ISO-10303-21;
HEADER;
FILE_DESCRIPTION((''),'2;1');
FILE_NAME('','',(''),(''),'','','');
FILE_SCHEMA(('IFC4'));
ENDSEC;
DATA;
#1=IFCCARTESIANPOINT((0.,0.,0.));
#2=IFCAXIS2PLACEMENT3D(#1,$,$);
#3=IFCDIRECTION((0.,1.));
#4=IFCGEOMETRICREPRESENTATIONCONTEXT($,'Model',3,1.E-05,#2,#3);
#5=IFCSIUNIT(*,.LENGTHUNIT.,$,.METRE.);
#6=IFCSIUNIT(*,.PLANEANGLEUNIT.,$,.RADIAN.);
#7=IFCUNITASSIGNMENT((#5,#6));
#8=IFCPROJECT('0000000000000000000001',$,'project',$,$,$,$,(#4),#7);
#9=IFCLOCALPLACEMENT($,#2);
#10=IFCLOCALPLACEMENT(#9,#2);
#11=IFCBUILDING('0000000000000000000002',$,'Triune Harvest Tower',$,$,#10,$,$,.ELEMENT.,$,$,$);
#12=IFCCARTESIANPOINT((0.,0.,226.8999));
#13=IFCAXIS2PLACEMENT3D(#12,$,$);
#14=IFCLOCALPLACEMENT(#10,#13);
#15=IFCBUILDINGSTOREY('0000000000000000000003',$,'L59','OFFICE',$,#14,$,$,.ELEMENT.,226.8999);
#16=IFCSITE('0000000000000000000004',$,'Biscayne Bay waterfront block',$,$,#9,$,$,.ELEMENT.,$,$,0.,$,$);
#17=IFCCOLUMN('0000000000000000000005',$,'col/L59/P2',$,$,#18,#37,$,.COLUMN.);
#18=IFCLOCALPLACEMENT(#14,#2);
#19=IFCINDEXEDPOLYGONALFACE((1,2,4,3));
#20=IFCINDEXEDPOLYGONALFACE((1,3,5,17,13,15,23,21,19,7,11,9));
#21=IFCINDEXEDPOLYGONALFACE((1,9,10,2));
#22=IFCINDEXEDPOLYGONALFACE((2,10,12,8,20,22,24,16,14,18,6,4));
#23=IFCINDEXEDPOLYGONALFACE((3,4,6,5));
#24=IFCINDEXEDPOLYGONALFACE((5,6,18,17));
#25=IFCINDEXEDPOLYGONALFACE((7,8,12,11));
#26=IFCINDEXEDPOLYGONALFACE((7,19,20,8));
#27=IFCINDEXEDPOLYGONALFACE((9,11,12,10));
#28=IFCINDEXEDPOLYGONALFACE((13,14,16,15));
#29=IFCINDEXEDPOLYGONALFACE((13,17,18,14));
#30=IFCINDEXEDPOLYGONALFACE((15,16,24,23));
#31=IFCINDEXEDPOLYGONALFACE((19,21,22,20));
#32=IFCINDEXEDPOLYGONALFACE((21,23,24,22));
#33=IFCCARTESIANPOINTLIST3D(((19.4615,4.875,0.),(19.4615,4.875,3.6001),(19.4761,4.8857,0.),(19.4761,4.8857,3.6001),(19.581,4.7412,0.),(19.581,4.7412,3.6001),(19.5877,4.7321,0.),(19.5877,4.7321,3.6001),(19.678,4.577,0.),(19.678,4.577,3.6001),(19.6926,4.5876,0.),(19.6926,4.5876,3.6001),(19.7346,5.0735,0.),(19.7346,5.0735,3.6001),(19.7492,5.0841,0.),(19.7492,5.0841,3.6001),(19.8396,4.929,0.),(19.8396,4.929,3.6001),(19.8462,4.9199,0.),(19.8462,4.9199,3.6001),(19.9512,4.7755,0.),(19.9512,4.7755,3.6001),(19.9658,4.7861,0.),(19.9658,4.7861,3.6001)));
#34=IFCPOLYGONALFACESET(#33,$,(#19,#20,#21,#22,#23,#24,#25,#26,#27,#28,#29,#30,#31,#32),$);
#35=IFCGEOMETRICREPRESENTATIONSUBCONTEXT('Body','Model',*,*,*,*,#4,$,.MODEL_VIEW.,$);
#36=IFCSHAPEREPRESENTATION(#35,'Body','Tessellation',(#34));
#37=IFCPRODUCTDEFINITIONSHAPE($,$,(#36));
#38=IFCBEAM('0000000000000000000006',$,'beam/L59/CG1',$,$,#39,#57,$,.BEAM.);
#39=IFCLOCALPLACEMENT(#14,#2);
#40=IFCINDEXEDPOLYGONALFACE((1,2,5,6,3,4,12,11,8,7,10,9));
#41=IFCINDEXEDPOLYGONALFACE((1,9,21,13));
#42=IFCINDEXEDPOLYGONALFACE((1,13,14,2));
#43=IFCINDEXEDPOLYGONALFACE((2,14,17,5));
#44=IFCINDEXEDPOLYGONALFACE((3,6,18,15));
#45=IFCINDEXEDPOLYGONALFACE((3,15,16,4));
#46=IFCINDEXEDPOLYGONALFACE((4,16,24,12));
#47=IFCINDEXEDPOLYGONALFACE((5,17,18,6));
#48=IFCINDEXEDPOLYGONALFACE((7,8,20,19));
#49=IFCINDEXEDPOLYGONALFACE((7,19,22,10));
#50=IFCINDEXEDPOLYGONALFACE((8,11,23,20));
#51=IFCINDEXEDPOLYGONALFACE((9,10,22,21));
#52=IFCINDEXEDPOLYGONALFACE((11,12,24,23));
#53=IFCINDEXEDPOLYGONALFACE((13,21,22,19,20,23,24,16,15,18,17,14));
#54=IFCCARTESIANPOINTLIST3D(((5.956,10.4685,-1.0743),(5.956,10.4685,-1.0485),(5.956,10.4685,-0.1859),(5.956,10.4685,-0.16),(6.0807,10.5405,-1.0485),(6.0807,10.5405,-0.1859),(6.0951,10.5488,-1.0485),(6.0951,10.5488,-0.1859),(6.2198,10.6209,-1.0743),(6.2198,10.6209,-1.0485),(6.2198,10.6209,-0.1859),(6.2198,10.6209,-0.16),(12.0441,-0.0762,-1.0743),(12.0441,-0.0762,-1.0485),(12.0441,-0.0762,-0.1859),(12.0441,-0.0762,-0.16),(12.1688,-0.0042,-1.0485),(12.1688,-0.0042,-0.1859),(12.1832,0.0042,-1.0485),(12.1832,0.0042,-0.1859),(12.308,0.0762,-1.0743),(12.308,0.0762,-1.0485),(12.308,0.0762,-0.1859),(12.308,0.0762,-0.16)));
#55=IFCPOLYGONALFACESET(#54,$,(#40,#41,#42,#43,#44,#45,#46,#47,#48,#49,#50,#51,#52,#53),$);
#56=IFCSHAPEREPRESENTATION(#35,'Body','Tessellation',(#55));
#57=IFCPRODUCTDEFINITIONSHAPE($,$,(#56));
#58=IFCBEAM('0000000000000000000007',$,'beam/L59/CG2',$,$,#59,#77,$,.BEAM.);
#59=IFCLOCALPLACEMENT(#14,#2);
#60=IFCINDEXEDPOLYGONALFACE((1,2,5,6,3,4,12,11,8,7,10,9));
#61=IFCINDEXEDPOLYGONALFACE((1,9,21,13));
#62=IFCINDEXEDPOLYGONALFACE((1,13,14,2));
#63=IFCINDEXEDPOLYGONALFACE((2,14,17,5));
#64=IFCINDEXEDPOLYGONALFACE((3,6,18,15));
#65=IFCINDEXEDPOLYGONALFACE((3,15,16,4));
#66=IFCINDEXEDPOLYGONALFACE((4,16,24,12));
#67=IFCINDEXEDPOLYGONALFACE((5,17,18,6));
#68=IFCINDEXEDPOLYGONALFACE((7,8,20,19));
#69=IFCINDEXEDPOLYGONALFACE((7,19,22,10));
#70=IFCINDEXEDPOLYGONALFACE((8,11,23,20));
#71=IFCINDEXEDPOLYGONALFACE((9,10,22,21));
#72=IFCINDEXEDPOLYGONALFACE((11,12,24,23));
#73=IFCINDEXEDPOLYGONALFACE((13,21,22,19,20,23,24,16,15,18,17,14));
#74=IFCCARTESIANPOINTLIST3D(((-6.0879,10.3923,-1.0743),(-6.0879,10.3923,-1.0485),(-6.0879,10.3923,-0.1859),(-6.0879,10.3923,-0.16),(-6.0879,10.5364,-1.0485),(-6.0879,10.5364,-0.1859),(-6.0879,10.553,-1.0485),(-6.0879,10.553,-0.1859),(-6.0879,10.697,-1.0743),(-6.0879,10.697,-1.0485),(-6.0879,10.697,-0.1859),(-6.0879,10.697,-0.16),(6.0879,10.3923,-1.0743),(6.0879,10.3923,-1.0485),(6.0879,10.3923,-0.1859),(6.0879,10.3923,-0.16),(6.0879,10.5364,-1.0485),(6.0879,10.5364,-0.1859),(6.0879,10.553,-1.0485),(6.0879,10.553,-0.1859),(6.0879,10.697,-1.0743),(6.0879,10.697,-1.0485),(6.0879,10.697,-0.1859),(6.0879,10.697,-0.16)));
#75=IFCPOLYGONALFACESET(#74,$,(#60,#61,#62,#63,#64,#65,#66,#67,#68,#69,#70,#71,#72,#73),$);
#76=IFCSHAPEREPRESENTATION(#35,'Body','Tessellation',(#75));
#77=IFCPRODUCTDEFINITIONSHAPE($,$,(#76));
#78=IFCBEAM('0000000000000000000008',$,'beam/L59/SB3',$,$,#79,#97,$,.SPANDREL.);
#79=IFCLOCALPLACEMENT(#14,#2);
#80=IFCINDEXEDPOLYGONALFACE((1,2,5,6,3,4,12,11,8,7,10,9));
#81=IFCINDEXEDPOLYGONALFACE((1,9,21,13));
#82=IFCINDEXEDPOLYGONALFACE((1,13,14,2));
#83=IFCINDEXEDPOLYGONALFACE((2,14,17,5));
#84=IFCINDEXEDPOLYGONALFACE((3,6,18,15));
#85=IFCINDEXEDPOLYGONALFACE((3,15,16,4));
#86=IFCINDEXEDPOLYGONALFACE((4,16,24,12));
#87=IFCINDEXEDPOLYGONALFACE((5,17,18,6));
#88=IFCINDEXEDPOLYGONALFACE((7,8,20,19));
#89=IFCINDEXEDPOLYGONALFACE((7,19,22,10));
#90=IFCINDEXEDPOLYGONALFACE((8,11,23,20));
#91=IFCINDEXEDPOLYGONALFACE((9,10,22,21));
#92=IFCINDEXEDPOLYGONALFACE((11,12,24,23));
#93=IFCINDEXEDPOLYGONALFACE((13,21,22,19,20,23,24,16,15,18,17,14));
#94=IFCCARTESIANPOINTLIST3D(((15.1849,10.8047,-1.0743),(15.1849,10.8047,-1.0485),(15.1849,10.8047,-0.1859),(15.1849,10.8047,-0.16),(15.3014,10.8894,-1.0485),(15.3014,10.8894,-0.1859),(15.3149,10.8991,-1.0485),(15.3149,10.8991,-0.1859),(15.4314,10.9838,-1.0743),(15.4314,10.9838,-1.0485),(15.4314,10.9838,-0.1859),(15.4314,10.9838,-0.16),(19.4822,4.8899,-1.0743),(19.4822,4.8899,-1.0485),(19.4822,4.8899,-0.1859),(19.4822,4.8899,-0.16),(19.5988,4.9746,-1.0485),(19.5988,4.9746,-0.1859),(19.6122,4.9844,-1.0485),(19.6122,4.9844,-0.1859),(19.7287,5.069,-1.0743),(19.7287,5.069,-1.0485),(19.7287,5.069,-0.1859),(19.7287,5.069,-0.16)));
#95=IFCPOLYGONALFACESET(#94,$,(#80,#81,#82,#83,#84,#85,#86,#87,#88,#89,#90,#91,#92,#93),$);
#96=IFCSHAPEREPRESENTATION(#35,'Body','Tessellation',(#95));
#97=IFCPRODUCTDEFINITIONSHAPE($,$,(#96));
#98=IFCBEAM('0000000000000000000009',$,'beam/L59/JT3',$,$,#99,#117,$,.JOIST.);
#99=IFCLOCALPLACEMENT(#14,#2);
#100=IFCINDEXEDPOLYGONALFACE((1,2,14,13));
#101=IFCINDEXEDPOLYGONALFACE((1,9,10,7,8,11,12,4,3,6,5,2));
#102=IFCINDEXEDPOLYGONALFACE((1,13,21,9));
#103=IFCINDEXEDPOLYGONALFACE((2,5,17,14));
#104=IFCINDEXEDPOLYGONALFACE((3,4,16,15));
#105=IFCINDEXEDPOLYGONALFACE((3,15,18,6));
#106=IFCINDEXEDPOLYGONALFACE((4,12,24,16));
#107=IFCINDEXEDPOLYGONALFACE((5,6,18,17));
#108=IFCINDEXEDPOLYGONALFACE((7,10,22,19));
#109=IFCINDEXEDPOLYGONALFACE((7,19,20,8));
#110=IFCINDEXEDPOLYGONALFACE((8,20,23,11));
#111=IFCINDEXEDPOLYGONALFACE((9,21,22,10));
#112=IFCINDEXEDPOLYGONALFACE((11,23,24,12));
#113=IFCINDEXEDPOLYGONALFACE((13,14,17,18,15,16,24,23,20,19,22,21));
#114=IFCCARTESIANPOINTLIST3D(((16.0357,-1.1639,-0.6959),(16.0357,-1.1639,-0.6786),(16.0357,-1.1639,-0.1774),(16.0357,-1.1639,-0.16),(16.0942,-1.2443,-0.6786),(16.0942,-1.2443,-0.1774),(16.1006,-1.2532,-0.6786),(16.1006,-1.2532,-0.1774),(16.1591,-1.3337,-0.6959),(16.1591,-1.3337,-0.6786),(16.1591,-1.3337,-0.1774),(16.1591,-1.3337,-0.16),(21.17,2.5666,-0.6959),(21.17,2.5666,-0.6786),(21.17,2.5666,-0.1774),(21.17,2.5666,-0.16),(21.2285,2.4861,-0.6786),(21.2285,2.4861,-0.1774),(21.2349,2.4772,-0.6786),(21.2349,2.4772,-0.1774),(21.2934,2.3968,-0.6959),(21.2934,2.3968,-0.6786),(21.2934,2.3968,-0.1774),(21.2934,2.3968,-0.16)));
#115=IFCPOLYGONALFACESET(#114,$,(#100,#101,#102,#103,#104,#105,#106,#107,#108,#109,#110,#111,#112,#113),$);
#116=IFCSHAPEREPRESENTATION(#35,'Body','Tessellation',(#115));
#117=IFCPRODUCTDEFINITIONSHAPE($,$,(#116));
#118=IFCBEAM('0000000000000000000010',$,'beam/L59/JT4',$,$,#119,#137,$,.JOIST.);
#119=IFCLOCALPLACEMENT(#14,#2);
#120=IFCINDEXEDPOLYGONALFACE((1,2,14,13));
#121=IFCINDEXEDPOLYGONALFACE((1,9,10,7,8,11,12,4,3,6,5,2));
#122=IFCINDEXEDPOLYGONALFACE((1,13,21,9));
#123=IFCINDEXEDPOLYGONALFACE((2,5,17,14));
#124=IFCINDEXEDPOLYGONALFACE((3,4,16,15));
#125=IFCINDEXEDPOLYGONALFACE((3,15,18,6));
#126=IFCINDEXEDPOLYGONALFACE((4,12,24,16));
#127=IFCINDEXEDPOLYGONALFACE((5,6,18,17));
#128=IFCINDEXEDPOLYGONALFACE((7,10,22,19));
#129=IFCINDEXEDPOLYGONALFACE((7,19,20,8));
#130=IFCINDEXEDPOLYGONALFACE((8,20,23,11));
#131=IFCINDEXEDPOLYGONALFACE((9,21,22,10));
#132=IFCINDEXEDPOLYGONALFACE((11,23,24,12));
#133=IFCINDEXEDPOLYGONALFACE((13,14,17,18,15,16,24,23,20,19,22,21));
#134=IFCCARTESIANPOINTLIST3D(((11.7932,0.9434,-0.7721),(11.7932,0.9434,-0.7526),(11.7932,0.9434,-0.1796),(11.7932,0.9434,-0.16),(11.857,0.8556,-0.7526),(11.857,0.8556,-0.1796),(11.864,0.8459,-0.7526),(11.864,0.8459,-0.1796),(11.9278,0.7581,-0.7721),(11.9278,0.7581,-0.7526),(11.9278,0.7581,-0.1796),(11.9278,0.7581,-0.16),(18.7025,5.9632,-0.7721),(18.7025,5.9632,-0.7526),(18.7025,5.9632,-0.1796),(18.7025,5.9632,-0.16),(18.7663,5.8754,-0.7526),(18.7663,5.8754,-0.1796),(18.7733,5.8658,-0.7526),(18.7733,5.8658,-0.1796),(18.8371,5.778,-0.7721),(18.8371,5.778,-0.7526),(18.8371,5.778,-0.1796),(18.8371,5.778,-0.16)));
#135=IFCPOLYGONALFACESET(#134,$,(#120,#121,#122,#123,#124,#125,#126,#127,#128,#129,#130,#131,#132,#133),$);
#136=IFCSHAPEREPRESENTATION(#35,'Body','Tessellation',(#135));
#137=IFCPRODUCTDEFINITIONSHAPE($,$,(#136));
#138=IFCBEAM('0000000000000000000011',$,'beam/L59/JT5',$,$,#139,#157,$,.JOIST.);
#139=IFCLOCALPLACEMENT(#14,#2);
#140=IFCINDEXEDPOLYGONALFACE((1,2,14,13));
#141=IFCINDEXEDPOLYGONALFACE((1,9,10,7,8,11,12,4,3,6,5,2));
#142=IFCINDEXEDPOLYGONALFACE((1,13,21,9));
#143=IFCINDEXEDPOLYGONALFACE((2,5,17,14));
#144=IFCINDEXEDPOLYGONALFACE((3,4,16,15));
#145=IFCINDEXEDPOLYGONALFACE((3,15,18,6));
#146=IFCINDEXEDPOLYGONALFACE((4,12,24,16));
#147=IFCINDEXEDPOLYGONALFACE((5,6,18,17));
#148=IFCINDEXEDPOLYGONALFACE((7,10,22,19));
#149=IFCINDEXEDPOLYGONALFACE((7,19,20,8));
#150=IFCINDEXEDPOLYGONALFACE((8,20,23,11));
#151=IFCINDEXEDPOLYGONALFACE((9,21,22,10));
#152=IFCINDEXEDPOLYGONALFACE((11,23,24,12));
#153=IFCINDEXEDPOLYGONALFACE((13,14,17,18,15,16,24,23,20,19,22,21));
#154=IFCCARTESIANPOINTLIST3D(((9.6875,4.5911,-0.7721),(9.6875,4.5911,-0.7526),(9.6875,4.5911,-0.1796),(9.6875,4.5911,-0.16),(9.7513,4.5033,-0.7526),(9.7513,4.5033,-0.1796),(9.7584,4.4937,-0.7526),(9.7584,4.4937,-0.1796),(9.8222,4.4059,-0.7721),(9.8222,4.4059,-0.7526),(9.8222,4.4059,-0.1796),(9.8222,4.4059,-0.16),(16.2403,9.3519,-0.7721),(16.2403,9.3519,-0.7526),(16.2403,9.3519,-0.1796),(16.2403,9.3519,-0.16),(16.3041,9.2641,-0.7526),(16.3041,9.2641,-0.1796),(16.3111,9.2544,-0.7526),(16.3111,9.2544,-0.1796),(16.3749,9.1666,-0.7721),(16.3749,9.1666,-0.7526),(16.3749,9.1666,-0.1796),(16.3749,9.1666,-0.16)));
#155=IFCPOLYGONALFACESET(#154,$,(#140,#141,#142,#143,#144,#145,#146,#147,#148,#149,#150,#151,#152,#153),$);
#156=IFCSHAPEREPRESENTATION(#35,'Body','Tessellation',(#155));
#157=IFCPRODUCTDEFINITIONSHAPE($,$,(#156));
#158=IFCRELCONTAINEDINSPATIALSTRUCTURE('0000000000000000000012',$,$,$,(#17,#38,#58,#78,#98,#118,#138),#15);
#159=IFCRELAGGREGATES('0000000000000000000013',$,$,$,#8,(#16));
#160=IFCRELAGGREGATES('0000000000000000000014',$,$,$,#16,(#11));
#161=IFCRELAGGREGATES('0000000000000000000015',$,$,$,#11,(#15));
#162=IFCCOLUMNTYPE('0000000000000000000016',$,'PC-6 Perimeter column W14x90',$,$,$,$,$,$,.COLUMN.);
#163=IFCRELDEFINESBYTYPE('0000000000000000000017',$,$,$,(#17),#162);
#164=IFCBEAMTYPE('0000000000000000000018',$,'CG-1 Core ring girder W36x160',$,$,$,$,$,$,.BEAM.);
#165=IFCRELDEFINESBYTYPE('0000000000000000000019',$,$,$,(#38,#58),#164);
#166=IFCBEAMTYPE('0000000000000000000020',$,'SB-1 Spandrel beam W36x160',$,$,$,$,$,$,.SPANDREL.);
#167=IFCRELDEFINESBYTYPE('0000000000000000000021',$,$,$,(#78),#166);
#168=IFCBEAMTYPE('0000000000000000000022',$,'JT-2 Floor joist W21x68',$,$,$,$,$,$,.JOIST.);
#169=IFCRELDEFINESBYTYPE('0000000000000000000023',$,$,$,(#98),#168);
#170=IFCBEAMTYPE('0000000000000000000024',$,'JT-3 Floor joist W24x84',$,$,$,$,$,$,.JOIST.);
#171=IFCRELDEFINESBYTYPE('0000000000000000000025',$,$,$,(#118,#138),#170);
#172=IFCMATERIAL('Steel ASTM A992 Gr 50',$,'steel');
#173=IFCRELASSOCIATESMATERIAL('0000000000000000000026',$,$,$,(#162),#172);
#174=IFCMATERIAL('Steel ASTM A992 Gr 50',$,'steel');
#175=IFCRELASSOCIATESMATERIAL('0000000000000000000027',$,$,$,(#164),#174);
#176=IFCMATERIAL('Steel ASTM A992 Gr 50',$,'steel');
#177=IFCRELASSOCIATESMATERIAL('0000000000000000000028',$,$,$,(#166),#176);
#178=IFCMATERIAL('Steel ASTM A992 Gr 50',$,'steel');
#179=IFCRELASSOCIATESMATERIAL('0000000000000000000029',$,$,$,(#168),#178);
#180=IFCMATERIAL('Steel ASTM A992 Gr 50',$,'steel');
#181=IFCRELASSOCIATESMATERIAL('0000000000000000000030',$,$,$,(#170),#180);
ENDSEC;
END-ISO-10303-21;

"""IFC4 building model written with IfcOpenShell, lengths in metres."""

from ifc_helpers import new_model, si_unit, direction, frame, origin, origin_2d, place, context, subcontext, project, spatial, i_section, extrude, source, transform, mapped, material, material_profile, profile_set, type_object, element, save


model = new_model("IFC4")

# Units and contexts
model_context = context("Model", 3, precision=1e-05, world=origin(), true_north=direction((0.0, 1.0)))
body_context = subcontext(model_context, "Body", "Model", "MODEL_VIEW")
ifc_project = project(units=[si_unit("LENGTHUNIT", "METRE"), si_unit("PLANEANGLEUNIT", "RADIAN")], contexts=[model_context])

# Site, building, storey
site_placement = place(None, origin())
site = spatial("IfcSite", under=ifc_project, at=site_placement, Name="Biscayne Bay waterfront block", CompositionType="ELEMENT", RefElevation=0.0)
building_placement = place(site_placement, origin())
building = spatial("IfcBuilding", under=site, at=building_placement, Name="Triune Harvest Tower", CompositionType="ELEMENT")
storey_placement = place(building_placement, frame((0.0, 0.0, 226.8999)))
storey = spatial("IfcBuildingStorey", under=building, at=storey_placement, Name="L59", Description="OFFICE", CompositionType="ELEMENT", Elevation=226.8999)

# Column
ifc_material_1 = material(Name="Steel ASTM A992 Gr 50", Category="steel")
ifc_material_profile_1 = material_profile(ifc_material_1, i_section(OverallWidth=0.3684, OverallDepth=0.3557, WebThickness=0.0112, FlangeThickness=0.0181, at=origin_2d()), Name="W14x90")
ifc_profile_set_1 = profile_set([ifc_material_profile_1], Name="Steel ASTM A992 Gr 50")
column_type = type_object("IfcColumnType", Name="PC-6 Perimeter column W14x90", PredefinedType="COLUMN", material=ifc_profile_set_1)
shared_shape_1 = source(origin(), body_context, "Body", "SweptSolid", [
    extrude(i_section(OverallWidth=0.3684, OverallDepth=0.3557, WebThickness=0.0112, FlangeThickness=0.0181, at=origin_2d()), origin(), (0.0, 0.0, 1.0), 3.6001),
])
column_placement = place(storey_placement, frame((19.7136, 4.8306, 0.0), z_axis=(0.0, 0.0, 1.0), x_axis=(-0.587785, 0.809017, 0.0)))
element("IfcColumn", 1, at=column_placement, inside=storey, type_object=column_type, Name="col/L59/P2", PredefinedType="COLUMN", context=body_context, shape_type="MappedRepresentation", body=[
    mapped(shared_shape_1, transform((0.0, 0.0, 0.0), scale=1.0)),
])

# Beams
ifc_material_2 = material(Name="Steel ASTM A992 Gr 50", Category="steel")
ifc_material_profile_2 = material_profile(ifc_material_2, i_section(OverallWidth=0.3047, OverallDepth=0.9143, WebThickness=0.0166, FlangeThickness=0.0259, at=origin_2d()), Name="W36x160")
ifc_profile_set_2 = profile_set([ifc_material_profile_2], Name="Steel ASTM A992 Gr 50")
beam_type_1 = type_object("IfcBeamType", Name="CG-1 Core ring girder W36x160", PredefinedType="BEAM", material=ifc_profile_set_2)
shared_shape_2 = source(origin(), body_context, "Body", "SweptSolid", [
    extrude(i_section(OverallWidth=0.3047, OverallDepth=0.9143, WebThickness=0.0166, FlangeThickness=0.0259, at=origin_2d()), origin(), (0.0, 0.0, 1.0), 12.176),
])
beam_1_placement = place(storey_placement, frame((12.176, 0.0, -0.6172), z_axis=(-0.50001, 0.86602, 0.0), x_axis=(-0.86602, -0.50001, 0.0)))
element("IfcBeam", 2, at=beam_1_placement, inside=storey, type_object=beam_type_1, Name="beam/L59/CG1", PredefinedType="BEAM", context=body_context, shape_type="MappedRepresentation", body=[
    mapped(shared_shape_2, transform((0.0, 0.0, 0.0), scale=1.0)),
])
shared_shape_3 = source(origin(), body_context, "Body", "SweptSolid", [
    extrude(i_section(OverallWidth=0.3047, OverallDepth=0.9143, WebThickness=0.0166, FlangeThickness=0.0259, at=origin_2d()), origin(), (0.0, 0.0, 1.0), 12.1758),
])
beam_2_placement = place(storey_placement, frame((6.0879, 10.5447, -0.6172), z_axis=(-1.0, 0.0, 0.0), x_axis=(0.0, -1.0, 0.0)))
element("IfcBeam", 3, at=beam_2_placement, inside=storey, type_object=beam_type_1, Name="beam/L59/CG2", PredefinedType="BEAM", context=body_context, shape_type="MappedRepresentation", body=[
    mapped(shared_shape_3, transform((0.0, 0.0, 0.0), scale=1.0)),
])
ifc_material_3 = material(Name="Steel ASTM A992 Gr 50", Category="steel")
ifc_material_profile_3 = material_profile(ifc_material_3, i_section(OverallWidth=0.3047, OverallDepth=0.9143, WebThickness=0.0166, FlangeThickness=0.0259, at=origin_2d()), Name="W36x160")
ifc_profile_set_3 = profile_set([ifc_material_profile_3], Name="Steel ASTM A992 Gr 50")
beam_type_2 = type_object("IfcBeamType", Name="SB-1 Spandrel beam W36x160", PredefinedType="SPANDREL", material=ifc_profile_set_3)
shared_shape_4 = source(origin(), body_context, "Body", "SweptSolid", [
    extrude(i_section(OverallWidth=0.3047, OverallDepth=0.9143, WebThickness=0.0166, FlangeThickness=0.0259, at=origin_2d()), origin(), (0.0, 0.0, 1.0), 7.311),
])
beam_3_placement = place(storey_placement, frame((19.6055, 4.9795, -0.6172), z_axis=(-0.587786, 0.809016, 0.0), x_axis=(-0.809016, -0.587786, 0.0)))
element("IfcBeam", 4, at=beam_3_placement, inside=storey, type_object=beam_type_2, Name="beam/L59/SB3", PredefinedType="SPANDREL", context=body_context, shape_type="MappedRepresentation", body=[
    mapped(shared_shape_4, transform((0.0, 0.0, 0.0), scale=1.0)),
])
ifc_material_4 = material(Name="Steel ASTM A992 Gr 50", Category="steel")
ifc_material_profile_4 = material_profile(ifc_material_4, i_section(OverallWidth=0.21, OverallDepth=0.5359, WebThickness=0.011, FlangeThickness=0.0173, at=origin_2d()), Name="W21x68")
ifc_profile_set_4 = profile_set([ifc_material_profile_4], Name="Steel ASTM A992 Gr 50")
beam_type_3 = type_object("IfcBeamType", Name="JT-2 Floor joist W21x68", PredefinedType="JOIST", material=ifc_profile_set_4)
shared_shape_5 = source(origin(), body_context, "Body", "SweptSolid", [
    extrude(i_section(OverallWidth=0.21, OverallDepth=0.5359, WebThickness=0.011, FlangeThickness=0.0173, at=origin_2d()), origin(), (0.0, 0.0, 1.0), 6.3464),
])
beam_4_placement = place(storey_placement, frame((21.2317, 2.4817, -0.428), z_axis=(-0.809002, -0.587806, 0.0), x_axis=(0.587806, -0.809002, 0.0)))
element("IfcBeam", 5, at=beam_4_placement, inside=storey, type_object=beam_type_3, Name="beam/L59/JT3", PredefinedType="JOIST", context=body_context, shape_type="MappedRepresentation", body=[
    mapped(shared_shape_5, transform((0.0, 0.0, 0.0), scale=1.0)),
])
ifc_material_5 = material(Name="Steel ASTM A992 Gr 50", Category="steel")
ifc_material_profile_5 = material_profile(ifc_material_5, i_section(OverallWidth=0.229, OverallDepth=0.6121, WebThickness=0.012, FlangeThickness=0.0195, at=origin_2d()), Name="W24x84")
ifc_profile_set_5 = profile_set([ifc_material_profile_5], Name="Steel ASTM A992 Gr 50")
beam_type_4 = type_object("IfcBeamType", Name="JT-3 Floor joist W24x84", PredefinedType="JOIST", material=ifc_profile_set_5)
shared_shape_6 = source(origin(), body_context, "Body", "SweptSolid", [
    extrude(i_section(OverallWidth=0.229, OverallDepth=0.6121, WebThickness=0.012, FlangeThickness=0.0195, at=origin_2d()), origin(), (0.0, 0.0, 1.0), 8.5403),
])
beam_5_placement = place(storey_placement, frame((18.7698, 5.8706, -0.4661), z_axis=(-0.809019, -0.587782, 0.0), x_axis=(0.587782, -0.809019, 0.0)))
element("IfcBeam", 6, at=beam_5_placement, inside=storey, type_object=beam_type_4, Name="beam/L59/JT4", PredefinedType="JOIST", context=body_context, shape_type="MappedRepresentation", body=[
    mapped(shared_shape_6, transform((0.0, 0.0, 0.0), scale=1.0)),
])
shared_shape_7 = source(origin(), body_context, "Body", "SweptSolid", [
    extrude(i_section(OverallWidth=0.229, OverallDepth=0.6121, WebThickness=0.012, FlangeThickness=0.0195, at=origin_2d()), origin(), (0.0, 0.0, 1.0), 8.0996),
])
beam_6_placement = place(storey_placement, frame((16.3076, 9.2593, -0.4661), z_axis=(-0.809023, -0.587777, 0.0), x_axis=(0.587777, -0.809023, 0.0)))
element("IfcBeam", 7, at=beam_6_placement, inside=storey, type_object=beam_type_4, Name="beam/L59/JT5", PredefinedType="JOIST", context=body_context, shape_type="MappedRepresentation", body=[
    mapped(shared_shape_7, transform((0.0, 0.0, 0.0), scale=1.0)),
])

save(model, "model.ifc")
